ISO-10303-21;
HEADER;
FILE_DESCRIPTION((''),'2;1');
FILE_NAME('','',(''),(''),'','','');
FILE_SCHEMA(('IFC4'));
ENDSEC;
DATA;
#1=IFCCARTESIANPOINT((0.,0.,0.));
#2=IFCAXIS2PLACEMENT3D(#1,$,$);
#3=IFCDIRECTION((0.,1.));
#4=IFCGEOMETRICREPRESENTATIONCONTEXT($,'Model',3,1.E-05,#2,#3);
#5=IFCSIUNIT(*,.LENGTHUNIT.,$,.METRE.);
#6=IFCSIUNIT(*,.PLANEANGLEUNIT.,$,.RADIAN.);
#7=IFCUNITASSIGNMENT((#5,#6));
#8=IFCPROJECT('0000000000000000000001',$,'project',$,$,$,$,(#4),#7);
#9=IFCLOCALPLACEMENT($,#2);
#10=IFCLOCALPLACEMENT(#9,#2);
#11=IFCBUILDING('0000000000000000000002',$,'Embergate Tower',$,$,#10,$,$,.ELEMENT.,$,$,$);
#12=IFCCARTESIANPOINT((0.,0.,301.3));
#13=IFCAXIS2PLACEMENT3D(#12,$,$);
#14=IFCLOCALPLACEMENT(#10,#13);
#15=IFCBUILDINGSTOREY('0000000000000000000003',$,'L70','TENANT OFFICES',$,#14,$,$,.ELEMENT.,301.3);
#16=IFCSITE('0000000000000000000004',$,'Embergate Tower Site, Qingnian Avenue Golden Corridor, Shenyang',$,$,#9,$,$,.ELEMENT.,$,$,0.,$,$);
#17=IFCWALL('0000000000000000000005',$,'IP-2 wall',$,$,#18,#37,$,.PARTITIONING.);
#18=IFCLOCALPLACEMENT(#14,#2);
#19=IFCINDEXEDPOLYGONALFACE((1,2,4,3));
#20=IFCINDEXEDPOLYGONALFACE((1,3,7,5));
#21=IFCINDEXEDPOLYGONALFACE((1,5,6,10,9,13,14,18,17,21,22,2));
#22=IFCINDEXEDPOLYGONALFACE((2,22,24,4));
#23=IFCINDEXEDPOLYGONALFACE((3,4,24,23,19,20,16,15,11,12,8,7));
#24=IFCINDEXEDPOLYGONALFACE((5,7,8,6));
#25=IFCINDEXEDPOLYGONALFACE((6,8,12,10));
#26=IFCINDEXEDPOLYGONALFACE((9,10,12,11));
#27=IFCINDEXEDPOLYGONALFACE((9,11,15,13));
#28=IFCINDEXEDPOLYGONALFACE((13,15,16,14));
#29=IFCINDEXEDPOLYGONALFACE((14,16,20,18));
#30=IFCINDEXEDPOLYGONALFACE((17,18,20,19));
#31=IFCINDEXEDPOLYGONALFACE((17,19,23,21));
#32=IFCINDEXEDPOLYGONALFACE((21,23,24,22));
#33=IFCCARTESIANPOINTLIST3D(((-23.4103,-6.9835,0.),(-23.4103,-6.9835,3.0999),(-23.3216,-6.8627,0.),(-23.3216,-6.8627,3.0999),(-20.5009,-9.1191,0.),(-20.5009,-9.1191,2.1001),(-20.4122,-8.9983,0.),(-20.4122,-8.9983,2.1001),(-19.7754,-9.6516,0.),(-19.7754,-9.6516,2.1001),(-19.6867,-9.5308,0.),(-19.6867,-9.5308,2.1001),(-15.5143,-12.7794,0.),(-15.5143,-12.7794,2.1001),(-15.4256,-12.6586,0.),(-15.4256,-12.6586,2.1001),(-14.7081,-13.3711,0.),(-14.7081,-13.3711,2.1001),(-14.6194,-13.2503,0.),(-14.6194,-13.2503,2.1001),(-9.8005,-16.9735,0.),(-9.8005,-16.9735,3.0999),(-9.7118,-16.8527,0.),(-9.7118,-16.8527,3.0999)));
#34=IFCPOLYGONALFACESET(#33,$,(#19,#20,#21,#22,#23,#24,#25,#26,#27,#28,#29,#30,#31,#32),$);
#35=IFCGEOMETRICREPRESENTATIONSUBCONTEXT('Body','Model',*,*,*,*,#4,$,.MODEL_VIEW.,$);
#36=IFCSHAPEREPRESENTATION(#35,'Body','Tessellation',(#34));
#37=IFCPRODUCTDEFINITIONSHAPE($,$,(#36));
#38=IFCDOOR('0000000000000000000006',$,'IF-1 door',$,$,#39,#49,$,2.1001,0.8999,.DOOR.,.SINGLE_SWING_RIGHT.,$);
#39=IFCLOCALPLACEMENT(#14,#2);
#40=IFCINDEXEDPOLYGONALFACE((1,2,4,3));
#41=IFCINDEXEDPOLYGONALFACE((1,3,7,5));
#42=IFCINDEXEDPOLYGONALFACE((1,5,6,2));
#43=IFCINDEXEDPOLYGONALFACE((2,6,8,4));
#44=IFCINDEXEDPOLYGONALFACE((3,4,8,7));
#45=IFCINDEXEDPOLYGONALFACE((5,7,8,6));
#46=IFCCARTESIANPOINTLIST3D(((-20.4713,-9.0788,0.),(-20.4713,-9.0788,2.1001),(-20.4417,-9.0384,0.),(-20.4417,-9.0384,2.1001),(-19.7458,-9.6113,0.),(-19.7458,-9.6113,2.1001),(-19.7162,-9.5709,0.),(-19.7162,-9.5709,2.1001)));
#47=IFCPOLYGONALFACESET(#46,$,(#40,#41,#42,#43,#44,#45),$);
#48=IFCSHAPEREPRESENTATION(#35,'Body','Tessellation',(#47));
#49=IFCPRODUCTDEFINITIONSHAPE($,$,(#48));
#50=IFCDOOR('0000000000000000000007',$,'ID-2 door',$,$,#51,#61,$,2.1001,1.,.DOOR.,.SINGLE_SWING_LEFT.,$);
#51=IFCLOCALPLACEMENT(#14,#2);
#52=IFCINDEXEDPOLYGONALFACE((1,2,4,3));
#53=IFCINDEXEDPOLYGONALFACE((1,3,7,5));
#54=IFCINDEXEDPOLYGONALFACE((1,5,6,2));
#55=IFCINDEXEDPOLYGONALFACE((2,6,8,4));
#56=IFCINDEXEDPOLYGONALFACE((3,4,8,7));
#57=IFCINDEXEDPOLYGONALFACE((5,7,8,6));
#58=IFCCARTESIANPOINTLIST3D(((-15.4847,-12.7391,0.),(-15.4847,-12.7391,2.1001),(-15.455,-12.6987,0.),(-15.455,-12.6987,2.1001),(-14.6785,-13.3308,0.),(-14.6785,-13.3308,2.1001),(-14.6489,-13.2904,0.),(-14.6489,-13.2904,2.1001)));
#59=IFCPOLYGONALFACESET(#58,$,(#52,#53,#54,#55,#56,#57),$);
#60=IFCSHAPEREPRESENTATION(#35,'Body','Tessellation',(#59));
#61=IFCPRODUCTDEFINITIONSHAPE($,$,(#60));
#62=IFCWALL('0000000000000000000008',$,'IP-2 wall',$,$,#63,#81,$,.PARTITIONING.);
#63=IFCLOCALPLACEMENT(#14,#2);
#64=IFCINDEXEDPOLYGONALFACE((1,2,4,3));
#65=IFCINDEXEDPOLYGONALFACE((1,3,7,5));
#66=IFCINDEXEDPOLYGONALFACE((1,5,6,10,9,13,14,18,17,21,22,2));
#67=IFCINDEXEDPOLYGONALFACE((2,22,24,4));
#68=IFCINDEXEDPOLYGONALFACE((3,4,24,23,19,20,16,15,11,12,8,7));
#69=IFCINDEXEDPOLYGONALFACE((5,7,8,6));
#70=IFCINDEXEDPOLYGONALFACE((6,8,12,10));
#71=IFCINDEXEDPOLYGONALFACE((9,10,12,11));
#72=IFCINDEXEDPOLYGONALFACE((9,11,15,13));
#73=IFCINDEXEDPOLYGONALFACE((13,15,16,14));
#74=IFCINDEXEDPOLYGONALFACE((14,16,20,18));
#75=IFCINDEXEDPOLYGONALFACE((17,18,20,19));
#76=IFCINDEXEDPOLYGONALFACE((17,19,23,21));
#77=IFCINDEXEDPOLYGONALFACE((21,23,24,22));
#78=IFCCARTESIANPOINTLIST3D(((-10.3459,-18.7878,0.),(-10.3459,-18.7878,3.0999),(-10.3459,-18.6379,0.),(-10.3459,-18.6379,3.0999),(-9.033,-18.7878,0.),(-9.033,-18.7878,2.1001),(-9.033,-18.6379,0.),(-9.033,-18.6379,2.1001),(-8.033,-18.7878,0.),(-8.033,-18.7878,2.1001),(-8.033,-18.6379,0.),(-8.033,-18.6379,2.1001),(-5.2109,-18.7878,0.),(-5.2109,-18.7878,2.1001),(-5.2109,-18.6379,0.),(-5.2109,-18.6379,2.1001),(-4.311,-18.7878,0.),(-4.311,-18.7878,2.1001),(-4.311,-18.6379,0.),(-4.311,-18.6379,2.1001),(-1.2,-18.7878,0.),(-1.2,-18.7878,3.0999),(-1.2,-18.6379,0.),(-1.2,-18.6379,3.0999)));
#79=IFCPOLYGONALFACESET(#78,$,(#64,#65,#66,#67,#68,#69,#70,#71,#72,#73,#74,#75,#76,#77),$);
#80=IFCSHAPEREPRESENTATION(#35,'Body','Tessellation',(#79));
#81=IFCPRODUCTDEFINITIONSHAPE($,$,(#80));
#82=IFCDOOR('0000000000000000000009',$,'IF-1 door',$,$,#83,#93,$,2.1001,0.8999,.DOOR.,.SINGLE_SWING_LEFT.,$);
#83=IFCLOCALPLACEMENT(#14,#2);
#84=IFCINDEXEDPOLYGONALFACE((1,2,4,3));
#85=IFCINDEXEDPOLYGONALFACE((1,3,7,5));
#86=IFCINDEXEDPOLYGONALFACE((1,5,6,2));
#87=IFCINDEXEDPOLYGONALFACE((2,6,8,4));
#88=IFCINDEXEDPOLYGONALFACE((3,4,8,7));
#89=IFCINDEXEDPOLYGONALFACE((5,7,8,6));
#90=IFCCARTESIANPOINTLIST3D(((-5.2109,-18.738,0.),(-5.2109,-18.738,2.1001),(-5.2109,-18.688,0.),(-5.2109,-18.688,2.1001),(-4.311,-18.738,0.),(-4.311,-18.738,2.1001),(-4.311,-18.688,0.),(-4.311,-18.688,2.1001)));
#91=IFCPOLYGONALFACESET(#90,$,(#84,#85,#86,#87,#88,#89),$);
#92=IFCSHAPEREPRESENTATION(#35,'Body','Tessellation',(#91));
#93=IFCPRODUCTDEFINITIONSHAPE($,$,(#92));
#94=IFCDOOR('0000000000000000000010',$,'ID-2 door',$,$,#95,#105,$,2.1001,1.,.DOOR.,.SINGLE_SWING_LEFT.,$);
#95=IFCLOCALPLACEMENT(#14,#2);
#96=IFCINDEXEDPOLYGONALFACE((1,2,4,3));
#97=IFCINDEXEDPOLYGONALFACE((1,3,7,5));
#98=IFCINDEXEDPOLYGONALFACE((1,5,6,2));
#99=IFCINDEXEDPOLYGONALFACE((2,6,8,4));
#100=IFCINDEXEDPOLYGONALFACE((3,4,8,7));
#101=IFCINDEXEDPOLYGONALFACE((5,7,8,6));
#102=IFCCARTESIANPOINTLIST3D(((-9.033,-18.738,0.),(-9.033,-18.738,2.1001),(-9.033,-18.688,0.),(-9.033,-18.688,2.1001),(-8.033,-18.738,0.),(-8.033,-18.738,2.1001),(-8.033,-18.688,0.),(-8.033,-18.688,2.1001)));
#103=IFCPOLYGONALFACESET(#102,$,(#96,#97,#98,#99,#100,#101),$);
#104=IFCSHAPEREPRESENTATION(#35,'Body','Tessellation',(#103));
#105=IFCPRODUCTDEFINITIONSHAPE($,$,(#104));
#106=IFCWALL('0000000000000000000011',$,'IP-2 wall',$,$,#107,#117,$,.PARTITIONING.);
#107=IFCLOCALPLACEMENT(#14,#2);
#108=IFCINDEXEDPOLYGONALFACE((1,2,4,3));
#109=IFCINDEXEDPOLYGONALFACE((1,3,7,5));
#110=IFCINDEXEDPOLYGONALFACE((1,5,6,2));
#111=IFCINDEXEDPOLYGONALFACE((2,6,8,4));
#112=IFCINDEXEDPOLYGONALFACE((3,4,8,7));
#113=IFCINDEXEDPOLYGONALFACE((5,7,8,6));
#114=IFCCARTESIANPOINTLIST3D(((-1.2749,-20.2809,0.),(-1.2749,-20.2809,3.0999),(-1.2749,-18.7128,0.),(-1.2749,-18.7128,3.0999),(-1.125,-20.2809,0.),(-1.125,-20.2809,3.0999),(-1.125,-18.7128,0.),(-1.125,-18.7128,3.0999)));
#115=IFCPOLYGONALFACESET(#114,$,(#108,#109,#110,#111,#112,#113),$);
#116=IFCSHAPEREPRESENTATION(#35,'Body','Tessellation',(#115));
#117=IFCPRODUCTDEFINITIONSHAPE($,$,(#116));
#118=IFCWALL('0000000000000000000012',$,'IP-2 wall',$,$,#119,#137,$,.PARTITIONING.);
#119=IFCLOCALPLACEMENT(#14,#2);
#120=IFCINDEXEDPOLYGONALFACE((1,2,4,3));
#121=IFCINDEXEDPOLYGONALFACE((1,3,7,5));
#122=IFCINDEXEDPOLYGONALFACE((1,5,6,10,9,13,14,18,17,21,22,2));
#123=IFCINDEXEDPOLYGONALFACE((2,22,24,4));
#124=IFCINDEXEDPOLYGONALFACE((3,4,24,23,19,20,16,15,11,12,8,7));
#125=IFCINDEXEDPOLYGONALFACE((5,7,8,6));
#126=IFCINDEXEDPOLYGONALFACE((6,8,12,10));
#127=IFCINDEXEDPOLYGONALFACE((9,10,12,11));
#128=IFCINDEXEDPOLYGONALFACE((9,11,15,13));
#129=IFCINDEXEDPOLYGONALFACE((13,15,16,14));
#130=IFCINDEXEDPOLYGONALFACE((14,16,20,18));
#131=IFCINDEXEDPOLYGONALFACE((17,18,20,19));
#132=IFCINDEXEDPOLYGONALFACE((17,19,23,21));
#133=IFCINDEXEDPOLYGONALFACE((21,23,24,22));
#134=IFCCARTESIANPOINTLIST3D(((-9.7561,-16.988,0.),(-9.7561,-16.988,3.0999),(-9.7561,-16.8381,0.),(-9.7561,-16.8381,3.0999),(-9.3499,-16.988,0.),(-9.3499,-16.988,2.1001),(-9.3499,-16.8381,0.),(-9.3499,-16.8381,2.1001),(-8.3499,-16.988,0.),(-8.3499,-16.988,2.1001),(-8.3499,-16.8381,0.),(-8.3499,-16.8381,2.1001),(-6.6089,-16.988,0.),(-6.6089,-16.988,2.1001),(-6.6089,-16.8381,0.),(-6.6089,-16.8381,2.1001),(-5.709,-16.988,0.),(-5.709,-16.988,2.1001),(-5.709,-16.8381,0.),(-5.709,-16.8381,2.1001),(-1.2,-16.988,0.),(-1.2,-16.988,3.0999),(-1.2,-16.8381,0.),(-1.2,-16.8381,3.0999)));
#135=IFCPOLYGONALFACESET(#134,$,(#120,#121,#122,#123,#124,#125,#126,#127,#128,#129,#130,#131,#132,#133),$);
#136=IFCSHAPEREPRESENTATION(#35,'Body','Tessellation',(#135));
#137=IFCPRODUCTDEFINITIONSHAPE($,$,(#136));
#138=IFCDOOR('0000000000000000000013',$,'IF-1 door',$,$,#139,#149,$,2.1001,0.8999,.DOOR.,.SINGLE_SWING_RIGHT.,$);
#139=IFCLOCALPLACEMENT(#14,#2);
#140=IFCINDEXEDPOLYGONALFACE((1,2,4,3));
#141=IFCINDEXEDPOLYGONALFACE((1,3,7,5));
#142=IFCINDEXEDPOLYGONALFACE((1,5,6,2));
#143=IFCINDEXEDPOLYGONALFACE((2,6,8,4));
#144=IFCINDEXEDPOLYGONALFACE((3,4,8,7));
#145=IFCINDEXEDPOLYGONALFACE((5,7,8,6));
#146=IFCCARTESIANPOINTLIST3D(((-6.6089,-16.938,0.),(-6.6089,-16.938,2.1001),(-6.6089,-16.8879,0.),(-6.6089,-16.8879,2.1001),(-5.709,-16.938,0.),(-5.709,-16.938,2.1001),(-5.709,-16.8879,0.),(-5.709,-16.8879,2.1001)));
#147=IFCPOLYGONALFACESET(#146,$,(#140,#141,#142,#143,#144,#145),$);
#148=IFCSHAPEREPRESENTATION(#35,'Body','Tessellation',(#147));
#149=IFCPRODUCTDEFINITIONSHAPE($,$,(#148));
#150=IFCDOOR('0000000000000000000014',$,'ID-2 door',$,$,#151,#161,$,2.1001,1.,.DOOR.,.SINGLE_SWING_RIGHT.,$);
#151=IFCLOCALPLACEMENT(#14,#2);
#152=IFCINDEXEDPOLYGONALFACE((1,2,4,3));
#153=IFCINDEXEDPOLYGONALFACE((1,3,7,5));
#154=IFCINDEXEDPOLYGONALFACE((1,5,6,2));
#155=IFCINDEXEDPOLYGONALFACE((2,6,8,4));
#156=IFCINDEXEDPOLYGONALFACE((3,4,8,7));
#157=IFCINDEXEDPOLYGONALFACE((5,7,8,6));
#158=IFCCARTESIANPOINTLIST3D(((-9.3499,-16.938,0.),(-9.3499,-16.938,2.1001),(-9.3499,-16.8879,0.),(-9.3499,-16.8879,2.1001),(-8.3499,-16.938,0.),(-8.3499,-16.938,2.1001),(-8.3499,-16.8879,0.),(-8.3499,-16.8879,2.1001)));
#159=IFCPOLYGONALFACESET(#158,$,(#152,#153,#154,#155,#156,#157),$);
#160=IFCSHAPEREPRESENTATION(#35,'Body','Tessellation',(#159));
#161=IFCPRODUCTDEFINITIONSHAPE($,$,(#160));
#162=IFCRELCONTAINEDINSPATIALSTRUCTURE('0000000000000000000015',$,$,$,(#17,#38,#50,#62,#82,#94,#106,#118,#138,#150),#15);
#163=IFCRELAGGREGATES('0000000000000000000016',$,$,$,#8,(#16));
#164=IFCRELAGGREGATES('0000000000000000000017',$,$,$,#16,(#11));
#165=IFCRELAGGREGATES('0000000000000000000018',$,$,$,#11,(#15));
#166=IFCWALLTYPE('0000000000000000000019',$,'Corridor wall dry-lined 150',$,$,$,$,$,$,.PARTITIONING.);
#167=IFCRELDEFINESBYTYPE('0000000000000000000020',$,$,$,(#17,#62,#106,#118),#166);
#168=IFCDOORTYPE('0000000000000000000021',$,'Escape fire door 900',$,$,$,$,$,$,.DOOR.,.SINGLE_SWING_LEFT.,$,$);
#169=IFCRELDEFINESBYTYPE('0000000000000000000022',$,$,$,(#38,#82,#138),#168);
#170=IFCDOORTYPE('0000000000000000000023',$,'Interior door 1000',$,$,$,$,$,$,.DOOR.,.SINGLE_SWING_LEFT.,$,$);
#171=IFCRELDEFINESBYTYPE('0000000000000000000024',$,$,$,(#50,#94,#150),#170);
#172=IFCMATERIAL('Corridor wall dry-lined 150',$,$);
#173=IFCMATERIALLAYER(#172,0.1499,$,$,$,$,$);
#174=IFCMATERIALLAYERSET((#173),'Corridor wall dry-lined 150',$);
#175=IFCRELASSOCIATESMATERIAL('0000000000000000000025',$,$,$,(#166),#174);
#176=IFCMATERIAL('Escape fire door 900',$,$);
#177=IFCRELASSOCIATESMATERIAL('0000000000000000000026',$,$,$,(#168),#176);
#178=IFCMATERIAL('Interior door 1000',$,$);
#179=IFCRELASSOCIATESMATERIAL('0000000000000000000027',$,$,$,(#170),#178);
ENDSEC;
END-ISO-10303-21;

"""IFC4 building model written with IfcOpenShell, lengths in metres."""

from ifc_helpers import new_model, si_unit, direction, frame, frame_2d, origin, place, context, subcontext, project, spatial, rectangle, extrude, source, transform, mapped, material, layer, layer_set, type_object, element, fill, save


model = new_model("IFC4")

# Units and contexts
model_context = context("Model", 3, precision=1e-05, world=origin(), true_north=direction((0.0, 1.0)))
body_context = subcontext(model_context, "Body", "Model", "MODEL_VIEW")
ifc_project = project(units=[si_unit("LENGTHUNIT", "METRE"), si_unit("PLANEANGLEUNIT", "RADIAN")], contexts=[model_context])

# Site, building, storey
site_placement = place(None, origin())
site = spatial("IfcSite", under=ifc_project, at=site_placement, Name="Embergate Tower Site, Qingnian Avenue Golden Corridor, Shenyang", CompositionType="ELEMENT", RefElevation=0.0)
building_placement = place(site_placement, origin())
building = spatial("IfcBuilding", under=site, at=building_placement, Name="Embergate Tower", CompositionType="ELEMENT")
storey_placement = place(building_placement, frame((0.0, 0.0, 301.3)))
storey = spatial("IfcBuildingStorey", under=building, at=storey_placement, Name="L70", Description="TENANT OFFICES", CompositionType="ELEMENT", Elevation=301.3)

# Shared definitions
ifc_material_1 = material(Name="Corridor wall dry-lined 150")
ifc_layer_1 = layer(ifc_material_1, 0.1499)
ifc_layer_set_1 = layer_set([ifc_layer_1], Name="Corridor wall dry-lined 150")
wall_type_1 = type_object("IfcWallType", Name="Corridor wall dry-lined 150", PredefinedType="PARTITIONING", material=ifc_layer_set_1)
shared_shape_1 = source(origin(), body_context, "Body", "SweptSolid", [
    extrude(rectangle(XDim=0.8999, YDim=2.1001, at=frame_2d((0.45, 1.05))), frame((0.0, 0.085, 0.0), z_axis=(0.0, -1.0, 0.0), x_axis=(1.0, 0.0, 0.0)), (0.0, 0.0, 1.0), 0.1699),
])
ifc_material_2 = material(Name="Escape fire door 900")
door_type_1 = type_object("IfcDoorType", Name="Escape fire door 900", OperationType="SINGLE_SWING_LEFT", PredefinedType="DOOR", material=ifc_material_2)
shared_shape_2 = source(origin(), body_context, "Body", "SweptSolid", [
    extrude(rectangle(XDim=0.8999, YDim=2.1001, at=frame_2d((0.45, 1.05))), frame((0.0, 0.0249, 0.0), z_axis=(0.0, -1.0, 0.0), x_axis=(1.0, 0.0, 0.0)), (0.0, 0.0, 1.0), 0.05),
])

# Walls, openings, doors
shared_shape_3 = source(origin(), body_context, "Body", "SweptSolid", [
    extrude(rectangle(XDim=16.8828, YDim=0.1499, at=frame_2d((8.4414, 0.0))), origin(), (0.0, 0.0, 1.0), 3.0999),
])
wall_1_placement = place(storey_placement, frame((-9.7561, -16.9131, 0.0), z_axis=(0.0, 0.0, 1.0), x_axis=(-0.806139, 0.591727, 0.0)))
wall_1 = element("IfcWall", 1, at=wall_1_placement, inside=storey, type_object=wall_type_1, Name="IP-2 wall", PredefinedType="PARTITIONING", context=body_context, shape_type="MappedRepresentation", body=[
    mapped(shared_shape_3, transform((0.0, 0.0, 0.0))),
])
opening_1_placement = place(wall_1_placement, frame((12.3738, 0.0, 0.0)))
opening_1 = element("IfcOpeningElement", 2, at=opening_1_placement, cuts=wall_1, PredefinedType="OPENING", context=body_context, shape_type="MappedRepresentation", body=[
    mapped(shared_shape_1, transform((0.0, 0.0, 0.0))),
])
shared_shape_4 = source(origin(), body_context, "Body", "SweptSolid", [
    extrude(rectangle(XDim=1.0, YDim=2.1001, at=frame_2d((0.5, 1.05))), frame((0.0, 0.085, 0.0), z_axis=(0.0, -1.0, 0.0), x_axis=(1.0, 0.0, 0.0)), (0.0, 0.0, 1.0), 0.1699),
])
opening_2_placement = place(wall_1_placement, frame((6.0879, 0.0, 0.0)))
opening_2 = element("IfcOpeningElement", 3, at=opening_2_placement, cuts=wall_1, PredefinedType="OPENING", context=body_context, shape_type="MappedRepresentation", body=[
    mapped(shared_shape_4, transform((0.0, 0.0, 0.0))),
])
door_1_placement = place(opening_1_placement, origin())
door_1 = element("IfcDoor", 4, at=door_1_placement, inside=storey, type_object=door_type_1, Name="IF-1 door", OperationType="SINGLE_SWING_RIGHT", OverallHeight=2.1001, OverallWidth=0.8999, PredefinedType="DOOR", context=body_context, shape_type="MappedRepresentation", body=[
    mapped(shared_shape_2, transform((0.0, 0.0, 0.0))),
])
fill(opening_1, door_1)
ifc_material_3 = material(Name="Interior door 1000")
door_type_2 = type_object("IfcDoorType", Name="Interior door 1000", OperationType="SINGLE_SWING_LEFT", PredefinedType="DOOR", material=ifc_material_3)
shared_shape_5 = source(origin(), body_context, "Body", "SweptSolid", [
    extrude(rectangle(XDim=1.0, YDim=2.1001, at=frame_2d((0.5, 1.05))), frame((0.0, 0.0249, 0.0), z_axis=(0.0, -1.0, 0.0), x_axis=(1.0, 0.0, 0.0)), (0.0, 0.0, 1.0), 0.05),
])
door_2_placement = place(opening_2_placement, origin())
door_2 = element("IfcDoor", 5, at=door_2_placement, inside=storey, type_object=door_type_2, Name="ID-2 door", OperationType="SINGLE_SWING_LEFT", OverallHeight=2.1001, OverallWidth=1.0, PredefinedType="DOOR", context=body_context, shape_type="MappedRepresentation", body=[
    mapped(shared_shape_5, transform((0.0, 0.0, 0.0))),
])
fill(opening_2, door_2)
shared_shape_6 = source(origin(), body_context, "Body", "SweptSolid", [
    extrude(rectangle(XDim=9.146, YDim=0.1499, at=frame_2d((4.573, 0.0))), origin(), (0.0, 0.0, 1.0), 3.0999),
])
wall_2_placement = place(storey_placement, frame((-10.3459, -18.7129, 0.0), z_axis=(0.0, 0.0, 1.0), x_axis=(1.0, 0.0, 0.0)))
wall_2 = element("IfcWall", 6, at=wall_2_placement, inside=storey, type_object=wall_type_1, Name="IP-2 wall", PredefinedType="PARTITIONING", context=body_context, shape_type="MappedRepresentation", body=[
    mapped(shared_shape_6, transform((0.0, 0.0, 0.0))),
])
opening_3_placement = place(wall_2_placement, frame((1.313, 0.0, 0.0)))
opening_3 = element("IfcOpeningElement", 7, at=opening_3_placement, cuts=wall_2, PredefinedType="OPENING", context=body_context, shape_type="MappedRepresentation", body=[
    mapped(shared_shape_4, transform((0.0, 0.0, 0.0))),
])
opening_4_placement = place(wall_2_placement, frame((5.135, 0.0, 0.0)))
opening_4 = element("IfcOpeningElement", 8, at=opening_4_placement, cuts=wall_2, PredefinedType="OPENING", context=body_context, shape_type="MappedRepresentation", body=[
    mapped(shared_shape_1, transform((0.0, 0.0, 0.0))),
])
door_3_placement = place(opening_4_placement, origin())
door_3 = element("IfcDoor", 9, at=door_3_placement, inside=storey, type_object=door_type_1, Name="IF-1 door", OperationType="SINGLE_SWING_LEFT", OverallHeight=2.1001, OverallWidth=0.8999, PredefinedType="DOOR", context=body_context, shape_type="MappedRepresentation", body=[
    mapped(shared_shape_2, transform((0.0, 0.0, 0.0))),
])
fill(opening_4, door_3)
door_4_placement = place(opening_3_placement, origin())
door_4 = element("IfcDoor", 10, at=door_4_placement, inside=storey, type_object=door_type_2, Name="ID-2 door", OperationType="SINGLE_SWING_LEFT", OverallHeight=2.1001, OverallWidth=1.0, PredefinedType="DOOR", context=body_context, shape_type="MappedRepresentation", body=[
    mapped(shared_shape_5, transform((0.0, 0.0, 0.0))),
])
fill(opening_3, door_4)

# Wall
shared_shape_7 = source(origin(), body_context, "Body", "SweptSolid", [
    extrude(rectangle(XDim=1.5681, YDim=0.1499, at=frame_2d((0.7842, 0.0))), origin(), (0.0, 0.0, 1.0), 3.0999),
])
wall_3_placement = place(storey_placement, frame((-1.2, -20.281, 0.0), z_axis=(0.0, 0.0, 1.0), x_axis=(0.0, 1.0, 0.0)))
element("IfcWall", 11, at=wall_3_placement, inside=storey, type_object=wall_type_1, Name="IP-2 wall", PredefinedType="PARTITIONING", context=body_context, shape_type="MappedRepresentation", body=[
    mapped(shared_shape_7, transform((0.0, 0.0, 0.0))),
])

# Wall, openings, doors
shared_shape_8 = source(origin(), body_context, "Body", "SweptSolid", [
    extrude(rectangle(XDim=8.5562, YDim=0.1499, at=frame_2d((4.2781, 0.0))), origin(), (0.0, 0.0, 1.0), 3.0999),
])
wall_4_placement = place(storey_placement, frame((-1.2, -16.9131, 0.0), z_axis=(0.0, 0.0, 1.0), x_axis=(-1.0, 0.0, 0.0)))
wall_4 = element("IfcWall", 12, at=wall_4_placement, inside=storey, type_object=wall_type_1, Name="IP-2 wall", PredefinedType="PARTITIONING", context=body_context, shape_type="MappedRepresentation", body=[
    mapped(shared_shape_8, transform((0.0, 0.0, 0.0))),
])
opening_5_placement = place(wall_4_placement, frame((7.1499, 0.0, 0.0)))
opening_5 = element("IfcOpeningElement", 13, at=opening_5_placement, cuts=wall_4, PredefinedType="OPENING", context=body_context, shape_type="MappedRepresentation", body=[
    mapped(shared_shape_4, transform((0.0, 0.0, 0.0))),
])
opening_6_placement = place(wall_4_placement, frame((4.509, 0.0, 0.0)))
opening_6 = element("IfcOpeningElement", 14, at=opening_6_placement, cuts=wall_4, PredefinedType="OPENING", context=body_context, shape_type="MappedRepresentation", body=[
    mapped(shared_shape_1, transform((0.0, 0.0, 0.0))),
])
door_5_placement = place(opening_6_placement, origin())
door_5 = element("IfcDoor", 15, at=door_5_placement, inside=storey, type_object=door_type_1, Name="IF-1 door", OperationType="SINGLE_SWING_RIGHT", OverallHeight=2.1001, OverallWidth=0.8999, PredefinedType="DOOR", context=body_context, shape_type="MappedRepresentation", body=[
    mapped(shared_shape_2, transform((0.0, 0.0, 0.0))),
])
fill(opening_6, door_5)
door_6_placement = place(opening_5_placement, origin())
door_6 = element("IfcDoor", 16, at=door_6_placement, inside=storey, type_object=door_type_2, Name="ID-2 door", OperationType="SINGLE_SWING_RIGHT", OverallHeight=2.1001, OverallWidth=1.0, PredefinedType="DOOR", context=body_context, shape_type="MappedRepresentation", body=[
    mapped(shared_shape_5, transform((0.0, 0.0, 0.0))),
])
fill(opening_5, door_6)

save(model, "model.ifc")
